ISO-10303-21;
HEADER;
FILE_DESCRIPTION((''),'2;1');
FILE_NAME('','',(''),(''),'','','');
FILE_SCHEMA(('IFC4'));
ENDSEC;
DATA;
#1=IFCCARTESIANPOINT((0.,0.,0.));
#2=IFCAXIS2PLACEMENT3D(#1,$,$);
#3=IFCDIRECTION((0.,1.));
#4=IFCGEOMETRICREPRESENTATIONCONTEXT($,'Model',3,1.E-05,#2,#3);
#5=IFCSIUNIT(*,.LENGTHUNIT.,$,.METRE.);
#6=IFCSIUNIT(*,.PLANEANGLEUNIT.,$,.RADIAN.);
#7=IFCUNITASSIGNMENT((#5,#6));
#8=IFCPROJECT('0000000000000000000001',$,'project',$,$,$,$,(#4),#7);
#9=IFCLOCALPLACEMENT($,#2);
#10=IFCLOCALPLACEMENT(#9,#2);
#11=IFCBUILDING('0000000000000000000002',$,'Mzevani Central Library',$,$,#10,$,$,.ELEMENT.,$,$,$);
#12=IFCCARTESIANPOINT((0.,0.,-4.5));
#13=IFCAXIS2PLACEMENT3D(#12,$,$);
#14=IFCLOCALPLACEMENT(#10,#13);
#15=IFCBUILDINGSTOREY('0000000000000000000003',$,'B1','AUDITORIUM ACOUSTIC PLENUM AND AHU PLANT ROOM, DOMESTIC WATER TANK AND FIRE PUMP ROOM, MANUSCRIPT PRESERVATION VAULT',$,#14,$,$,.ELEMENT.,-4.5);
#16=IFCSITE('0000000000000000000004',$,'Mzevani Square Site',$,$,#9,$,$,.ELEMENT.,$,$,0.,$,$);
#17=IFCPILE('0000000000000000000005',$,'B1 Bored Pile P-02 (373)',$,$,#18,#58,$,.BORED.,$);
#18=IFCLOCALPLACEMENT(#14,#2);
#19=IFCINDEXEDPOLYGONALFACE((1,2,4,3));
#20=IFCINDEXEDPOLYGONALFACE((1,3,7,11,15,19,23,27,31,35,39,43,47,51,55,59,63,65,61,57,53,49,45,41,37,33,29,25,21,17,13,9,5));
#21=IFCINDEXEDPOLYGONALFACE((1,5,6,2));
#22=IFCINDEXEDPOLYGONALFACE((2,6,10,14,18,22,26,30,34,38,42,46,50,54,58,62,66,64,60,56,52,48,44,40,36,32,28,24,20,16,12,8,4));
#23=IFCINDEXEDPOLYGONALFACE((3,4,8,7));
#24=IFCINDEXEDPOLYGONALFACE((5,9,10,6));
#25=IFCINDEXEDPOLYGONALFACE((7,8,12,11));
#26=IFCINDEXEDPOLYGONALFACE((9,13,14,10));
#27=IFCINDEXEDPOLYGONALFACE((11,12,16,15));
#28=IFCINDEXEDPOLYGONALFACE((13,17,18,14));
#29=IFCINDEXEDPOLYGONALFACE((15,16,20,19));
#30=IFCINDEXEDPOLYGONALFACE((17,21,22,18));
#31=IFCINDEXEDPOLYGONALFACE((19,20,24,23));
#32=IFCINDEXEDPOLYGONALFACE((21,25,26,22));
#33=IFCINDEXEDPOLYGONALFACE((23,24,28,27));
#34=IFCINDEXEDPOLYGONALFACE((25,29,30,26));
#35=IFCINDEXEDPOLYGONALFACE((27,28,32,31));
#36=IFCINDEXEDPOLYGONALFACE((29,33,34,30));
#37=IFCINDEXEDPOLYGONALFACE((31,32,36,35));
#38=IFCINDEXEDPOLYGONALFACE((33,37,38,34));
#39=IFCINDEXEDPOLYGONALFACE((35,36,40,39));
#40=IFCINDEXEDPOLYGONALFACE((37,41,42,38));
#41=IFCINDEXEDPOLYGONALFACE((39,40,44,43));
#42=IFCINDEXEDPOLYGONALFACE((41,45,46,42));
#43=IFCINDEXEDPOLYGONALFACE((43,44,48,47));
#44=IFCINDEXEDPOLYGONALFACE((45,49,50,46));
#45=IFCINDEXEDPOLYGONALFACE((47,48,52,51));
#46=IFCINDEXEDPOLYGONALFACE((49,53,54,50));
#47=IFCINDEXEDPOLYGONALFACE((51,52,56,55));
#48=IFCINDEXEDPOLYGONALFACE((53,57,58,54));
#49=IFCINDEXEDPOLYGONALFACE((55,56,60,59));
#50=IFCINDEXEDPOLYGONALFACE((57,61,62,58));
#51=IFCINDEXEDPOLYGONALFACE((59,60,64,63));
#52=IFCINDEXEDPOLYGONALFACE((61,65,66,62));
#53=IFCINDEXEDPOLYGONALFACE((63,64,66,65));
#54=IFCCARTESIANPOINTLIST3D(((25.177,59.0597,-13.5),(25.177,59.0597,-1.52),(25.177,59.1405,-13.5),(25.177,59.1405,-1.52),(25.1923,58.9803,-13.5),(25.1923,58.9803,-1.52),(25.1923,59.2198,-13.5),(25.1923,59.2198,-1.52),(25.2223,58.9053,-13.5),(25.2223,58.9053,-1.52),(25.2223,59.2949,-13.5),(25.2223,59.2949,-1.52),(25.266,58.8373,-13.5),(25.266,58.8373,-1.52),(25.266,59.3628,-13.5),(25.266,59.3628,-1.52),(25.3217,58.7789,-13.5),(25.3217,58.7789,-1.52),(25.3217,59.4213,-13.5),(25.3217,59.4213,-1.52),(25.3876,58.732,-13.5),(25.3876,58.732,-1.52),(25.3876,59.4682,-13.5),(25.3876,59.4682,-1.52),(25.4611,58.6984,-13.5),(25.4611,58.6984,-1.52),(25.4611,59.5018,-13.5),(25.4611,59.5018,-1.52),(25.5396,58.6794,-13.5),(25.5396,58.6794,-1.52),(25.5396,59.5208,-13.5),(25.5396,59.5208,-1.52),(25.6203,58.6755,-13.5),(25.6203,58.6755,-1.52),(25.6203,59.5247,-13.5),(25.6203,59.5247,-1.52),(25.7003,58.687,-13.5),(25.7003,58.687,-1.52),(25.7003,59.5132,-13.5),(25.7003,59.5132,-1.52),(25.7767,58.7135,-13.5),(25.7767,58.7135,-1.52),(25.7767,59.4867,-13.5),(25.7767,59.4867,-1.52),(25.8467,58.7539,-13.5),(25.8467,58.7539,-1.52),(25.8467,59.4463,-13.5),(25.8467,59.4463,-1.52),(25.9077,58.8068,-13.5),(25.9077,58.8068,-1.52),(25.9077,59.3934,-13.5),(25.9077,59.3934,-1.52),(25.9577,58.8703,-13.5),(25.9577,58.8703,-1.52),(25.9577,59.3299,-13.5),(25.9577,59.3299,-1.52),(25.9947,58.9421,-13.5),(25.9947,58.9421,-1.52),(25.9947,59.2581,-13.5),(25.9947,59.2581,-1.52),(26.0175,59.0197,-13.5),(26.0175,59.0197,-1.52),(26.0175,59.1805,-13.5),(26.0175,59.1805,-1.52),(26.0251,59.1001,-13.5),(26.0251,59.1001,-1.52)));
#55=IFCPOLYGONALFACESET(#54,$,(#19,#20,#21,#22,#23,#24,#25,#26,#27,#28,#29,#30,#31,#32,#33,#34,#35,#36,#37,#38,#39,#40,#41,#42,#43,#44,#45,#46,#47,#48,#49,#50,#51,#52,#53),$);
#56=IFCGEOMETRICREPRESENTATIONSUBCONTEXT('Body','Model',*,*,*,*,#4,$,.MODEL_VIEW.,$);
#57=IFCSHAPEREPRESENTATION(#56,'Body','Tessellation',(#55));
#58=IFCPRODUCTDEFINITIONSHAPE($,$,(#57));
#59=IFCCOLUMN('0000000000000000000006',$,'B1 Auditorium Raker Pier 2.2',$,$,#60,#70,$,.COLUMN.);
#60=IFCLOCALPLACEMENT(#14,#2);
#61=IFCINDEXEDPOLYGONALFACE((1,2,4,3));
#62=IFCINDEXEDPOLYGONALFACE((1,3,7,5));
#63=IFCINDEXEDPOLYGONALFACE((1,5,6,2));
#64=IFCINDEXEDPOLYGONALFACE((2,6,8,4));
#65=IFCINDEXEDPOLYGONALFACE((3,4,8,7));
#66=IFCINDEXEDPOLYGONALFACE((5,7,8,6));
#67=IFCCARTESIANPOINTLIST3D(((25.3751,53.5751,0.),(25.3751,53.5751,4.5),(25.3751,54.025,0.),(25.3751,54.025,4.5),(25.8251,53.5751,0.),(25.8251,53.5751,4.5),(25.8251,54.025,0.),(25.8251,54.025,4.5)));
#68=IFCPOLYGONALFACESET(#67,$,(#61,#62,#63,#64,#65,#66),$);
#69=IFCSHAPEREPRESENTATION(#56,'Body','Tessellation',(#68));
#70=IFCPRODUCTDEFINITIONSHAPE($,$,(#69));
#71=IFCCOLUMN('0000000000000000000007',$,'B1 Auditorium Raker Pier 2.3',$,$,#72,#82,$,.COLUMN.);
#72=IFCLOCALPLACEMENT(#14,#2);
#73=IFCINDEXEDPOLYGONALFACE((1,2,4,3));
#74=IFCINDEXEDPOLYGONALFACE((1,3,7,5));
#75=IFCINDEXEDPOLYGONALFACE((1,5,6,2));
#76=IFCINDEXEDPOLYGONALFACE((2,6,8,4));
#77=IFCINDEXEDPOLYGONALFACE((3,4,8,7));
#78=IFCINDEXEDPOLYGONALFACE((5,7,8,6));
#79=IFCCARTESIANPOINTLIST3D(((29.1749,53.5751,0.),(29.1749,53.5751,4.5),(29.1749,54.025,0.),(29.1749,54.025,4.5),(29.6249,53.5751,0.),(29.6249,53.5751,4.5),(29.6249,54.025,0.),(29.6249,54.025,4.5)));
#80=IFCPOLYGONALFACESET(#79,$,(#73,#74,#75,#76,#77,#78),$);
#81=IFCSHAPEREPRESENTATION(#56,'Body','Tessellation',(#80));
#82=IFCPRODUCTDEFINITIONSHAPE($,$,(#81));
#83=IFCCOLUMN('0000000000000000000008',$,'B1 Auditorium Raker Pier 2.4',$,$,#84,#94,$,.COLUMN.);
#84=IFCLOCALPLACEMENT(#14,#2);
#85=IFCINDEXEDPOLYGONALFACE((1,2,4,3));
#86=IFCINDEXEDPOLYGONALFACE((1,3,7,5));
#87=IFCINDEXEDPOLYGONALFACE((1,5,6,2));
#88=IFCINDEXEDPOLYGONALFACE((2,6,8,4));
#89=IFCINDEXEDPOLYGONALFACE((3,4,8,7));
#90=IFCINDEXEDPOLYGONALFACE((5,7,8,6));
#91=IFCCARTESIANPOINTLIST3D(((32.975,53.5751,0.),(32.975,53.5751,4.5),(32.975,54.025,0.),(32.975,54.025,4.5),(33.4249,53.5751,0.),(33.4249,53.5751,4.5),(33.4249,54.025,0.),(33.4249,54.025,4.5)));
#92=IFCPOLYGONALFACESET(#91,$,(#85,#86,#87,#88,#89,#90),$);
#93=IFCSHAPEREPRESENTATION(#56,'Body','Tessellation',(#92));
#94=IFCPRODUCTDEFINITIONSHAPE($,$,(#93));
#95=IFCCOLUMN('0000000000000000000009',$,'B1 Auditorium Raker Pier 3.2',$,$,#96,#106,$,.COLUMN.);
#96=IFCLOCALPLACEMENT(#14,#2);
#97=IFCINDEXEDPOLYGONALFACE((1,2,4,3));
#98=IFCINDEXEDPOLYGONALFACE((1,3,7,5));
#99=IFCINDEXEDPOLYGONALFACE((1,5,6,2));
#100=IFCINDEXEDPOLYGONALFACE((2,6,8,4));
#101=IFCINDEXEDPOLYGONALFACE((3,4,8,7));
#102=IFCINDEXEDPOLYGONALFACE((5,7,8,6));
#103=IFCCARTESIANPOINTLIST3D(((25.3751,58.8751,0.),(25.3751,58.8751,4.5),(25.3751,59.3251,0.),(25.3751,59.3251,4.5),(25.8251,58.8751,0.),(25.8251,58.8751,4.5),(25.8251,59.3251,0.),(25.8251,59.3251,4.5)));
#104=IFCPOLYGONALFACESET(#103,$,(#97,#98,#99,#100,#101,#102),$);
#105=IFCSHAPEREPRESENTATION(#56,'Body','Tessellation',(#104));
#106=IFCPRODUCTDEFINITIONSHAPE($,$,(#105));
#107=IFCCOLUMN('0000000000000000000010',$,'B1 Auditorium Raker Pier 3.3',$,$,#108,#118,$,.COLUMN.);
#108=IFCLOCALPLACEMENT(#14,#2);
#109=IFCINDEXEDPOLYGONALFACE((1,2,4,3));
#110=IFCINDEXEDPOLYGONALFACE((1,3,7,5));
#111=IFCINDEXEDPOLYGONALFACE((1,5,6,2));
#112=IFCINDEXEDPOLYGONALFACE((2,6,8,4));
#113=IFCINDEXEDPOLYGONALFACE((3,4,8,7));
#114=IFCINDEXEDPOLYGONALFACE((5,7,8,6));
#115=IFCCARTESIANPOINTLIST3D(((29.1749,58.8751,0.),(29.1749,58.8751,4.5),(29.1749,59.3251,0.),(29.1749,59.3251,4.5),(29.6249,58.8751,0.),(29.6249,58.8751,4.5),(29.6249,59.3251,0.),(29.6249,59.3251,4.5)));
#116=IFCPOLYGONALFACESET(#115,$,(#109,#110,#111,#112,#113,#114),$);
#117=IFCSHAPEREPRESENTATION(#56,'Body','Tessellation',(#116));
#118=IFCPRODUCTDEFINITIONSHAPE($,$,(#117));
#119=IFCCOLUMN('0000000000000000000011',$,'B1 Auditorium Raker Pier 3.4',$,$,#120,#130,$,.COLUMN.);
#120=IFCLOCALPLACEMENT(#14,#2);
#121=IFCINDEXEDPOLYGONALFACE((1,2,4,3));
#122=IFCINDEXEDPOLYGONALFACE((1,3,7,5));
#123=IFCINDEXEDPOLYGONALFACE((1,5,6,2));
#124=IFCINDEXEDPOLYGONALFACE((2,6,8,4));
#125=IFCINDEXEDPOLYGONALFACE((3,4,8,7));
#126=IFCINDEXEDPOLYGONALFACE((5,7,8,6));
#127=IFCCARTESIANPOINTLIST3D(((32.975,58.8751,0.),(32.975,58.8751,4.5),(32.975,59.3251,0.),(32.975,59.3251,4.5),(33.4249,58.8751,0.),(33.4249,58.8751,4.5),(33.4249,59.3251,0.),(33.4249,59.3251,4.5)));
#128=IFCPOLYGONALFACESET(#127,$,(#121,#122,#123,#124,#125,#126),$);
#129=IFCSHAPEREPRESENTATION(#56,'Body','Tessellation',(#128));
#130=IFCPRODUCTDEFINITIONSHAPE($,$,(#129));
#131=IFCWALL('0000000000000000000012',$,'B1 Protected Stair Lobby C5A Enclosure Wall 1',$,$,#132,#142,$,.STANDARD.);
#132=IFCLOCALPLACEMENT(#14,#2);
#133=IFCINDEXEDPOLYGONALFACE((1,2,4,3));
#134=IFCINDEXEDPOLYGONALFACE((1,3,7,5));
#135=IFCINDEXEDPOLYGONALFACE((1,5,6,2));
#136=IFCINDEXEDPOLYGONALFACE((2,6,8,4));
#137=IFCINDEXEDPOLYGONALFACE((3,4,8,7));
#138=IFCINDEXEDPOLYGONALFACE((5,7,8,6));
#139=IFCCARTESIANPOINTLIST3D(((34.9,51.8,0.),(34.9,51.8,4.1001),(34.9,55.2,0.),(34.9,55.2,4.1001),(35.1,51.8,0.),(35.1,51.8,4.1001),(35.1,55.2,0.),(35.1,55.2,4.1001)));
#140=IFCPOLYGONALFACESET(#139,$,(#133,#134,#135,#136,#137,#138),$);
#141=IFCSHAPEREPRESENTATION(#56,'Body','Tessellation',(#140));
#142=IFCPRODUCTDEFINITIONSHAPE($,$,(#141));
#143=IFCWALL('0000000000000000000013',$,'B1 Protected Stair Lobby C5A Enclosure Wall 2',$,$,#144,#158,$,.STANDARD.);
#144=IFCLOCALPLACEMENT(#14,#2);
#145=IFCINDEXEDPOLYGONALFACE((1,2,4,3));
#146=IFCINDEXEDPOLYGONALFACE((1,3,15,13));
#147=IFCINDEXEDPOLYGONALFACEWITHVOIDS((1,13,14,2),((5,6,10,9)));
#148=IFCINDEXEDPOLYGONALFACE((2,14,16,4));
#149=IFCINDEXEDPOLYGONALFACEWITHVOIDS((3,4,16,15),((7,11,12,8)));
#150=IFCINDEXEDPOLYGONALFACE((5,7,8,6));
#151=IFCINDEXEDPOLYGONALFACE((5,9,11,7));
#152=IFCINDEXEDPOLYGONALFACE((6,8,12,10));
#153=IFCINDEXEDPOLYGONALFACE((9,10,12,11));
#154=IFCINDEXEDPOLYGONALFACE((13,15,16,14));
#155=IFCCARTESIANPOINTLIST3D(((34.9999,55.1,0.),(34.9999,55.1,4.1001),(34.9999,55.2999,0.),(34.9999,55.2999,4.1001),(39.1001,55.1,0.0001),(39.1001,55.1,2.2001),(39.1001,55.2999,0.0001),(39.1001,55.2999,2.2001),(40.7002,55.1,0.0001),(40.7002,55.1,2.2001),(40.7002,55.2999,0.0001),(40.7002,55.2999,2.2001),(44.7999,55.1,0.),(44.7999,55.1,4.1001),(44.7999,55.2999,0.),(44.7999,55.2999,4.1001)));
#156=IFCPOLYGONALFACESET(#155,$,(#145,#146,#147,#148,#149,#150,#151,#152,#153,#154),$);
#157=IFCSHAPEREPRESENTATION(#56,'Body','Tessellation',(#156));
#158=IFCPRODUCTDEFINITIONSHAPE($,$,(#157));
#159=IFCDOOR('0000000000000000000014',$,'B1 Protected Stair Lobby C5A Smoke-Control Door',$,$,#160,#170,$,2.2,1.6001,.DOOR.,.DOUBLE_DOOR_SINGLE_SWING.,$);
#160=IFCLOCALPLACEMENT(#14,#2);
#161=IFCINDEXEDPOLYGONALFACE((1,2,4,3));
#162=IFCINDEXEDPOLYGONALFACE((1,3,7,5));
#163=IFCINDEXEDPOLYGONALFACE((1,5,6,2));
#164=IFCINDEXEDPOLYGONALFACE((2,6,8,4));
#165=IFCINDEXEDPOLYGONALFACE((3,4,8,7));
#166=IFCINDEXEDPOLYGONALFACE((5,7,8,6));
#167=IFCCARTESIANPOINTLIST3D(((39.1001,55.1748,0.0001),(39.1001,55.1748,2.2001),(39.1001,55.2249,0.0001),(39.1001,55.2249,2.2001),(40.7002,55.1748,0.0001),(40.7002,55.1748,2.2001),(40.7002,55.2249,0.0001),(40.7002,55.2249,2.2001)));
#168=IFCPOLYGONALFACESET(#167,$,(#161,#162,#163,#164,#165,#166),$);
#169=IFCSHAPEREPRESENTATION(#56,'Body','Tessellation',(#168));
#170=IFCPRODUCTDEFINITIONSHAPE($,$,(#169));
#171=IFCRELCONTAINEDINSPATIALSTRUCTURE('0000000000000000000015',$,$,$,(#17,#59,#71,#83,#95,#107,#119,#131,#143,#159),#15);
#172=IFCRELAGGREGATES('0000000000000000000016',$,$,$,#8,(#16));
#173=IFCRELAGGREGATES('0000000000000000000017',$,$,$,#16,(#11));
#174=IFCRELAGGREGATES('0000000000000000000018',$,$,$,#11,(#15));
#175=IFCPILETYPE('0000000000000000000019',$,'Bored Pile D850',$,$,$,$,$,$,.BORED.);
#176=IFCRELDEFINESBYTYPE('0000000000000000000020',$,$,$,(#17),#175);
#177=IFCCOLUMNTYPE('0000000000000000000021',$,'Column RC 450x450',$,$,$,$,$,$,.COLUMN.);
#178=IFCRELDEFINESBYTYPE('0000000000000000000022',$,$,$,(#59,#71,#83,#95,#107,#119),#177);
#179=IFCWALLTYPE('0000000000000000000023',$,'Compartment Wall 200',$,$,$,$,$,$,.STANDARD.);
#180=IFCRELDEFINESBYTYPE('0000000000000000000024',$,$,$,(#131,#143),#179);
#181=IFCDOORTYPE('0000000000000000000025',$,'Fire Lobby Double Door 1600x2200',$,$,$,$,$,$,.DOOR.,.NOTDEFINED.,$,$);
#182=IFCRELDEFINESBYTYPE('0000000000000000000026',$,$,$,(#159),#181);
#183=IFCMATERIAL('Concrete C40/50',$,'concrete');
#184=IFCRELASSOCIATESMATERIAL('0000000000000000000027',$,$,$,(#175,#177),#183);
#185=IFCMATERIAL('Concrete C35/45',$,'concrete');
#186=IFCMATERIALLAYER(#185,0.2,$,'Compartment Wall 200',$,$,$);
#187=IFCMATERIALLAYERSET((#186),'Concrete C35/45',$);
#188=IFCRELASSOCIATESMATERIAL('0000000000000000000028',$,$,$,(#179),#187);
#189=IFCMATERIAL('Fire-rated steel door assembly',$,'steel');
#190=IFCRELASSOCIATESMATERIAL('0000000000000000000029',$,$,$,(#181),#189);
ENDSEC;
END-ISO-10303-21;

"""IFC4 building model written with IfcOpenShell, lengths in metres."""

from ifc_helpers import new_model, si_unit, direction, frame, frame_2d, origin, origin_2d, place, context, subcontext, project, spatial, rectangle, circle, extrude, material, layer, layer_set, material_profile, profile_set, type_object, element, fill, save


model = new_model("IFC4")

# Units and contexts
model_context = context("Model", 3, precision=1e-05, world=origin(), true_north=direction((0.0, 1.0)))
body_context = subcontext(model_context, "Body", "Model", "MODEL_VIEW")
ifc_project = project(units=[si_unit("LENGTHUNIT", "METRE"), si_unit("PLANEANGLEUNIT", "RADIAN")], contexts=[model_context])

# Site, building, storey
site_placement = place(None, origin())
site = spatial("IfcSite", under=ifc_project, at=site_placement, Name="Mzevani Square Site", CompositionType="ELEMENT", RefElevation=0.0)
building_placement = place(site_placement, origin())
building = spatial("IfcBuilding", under=site, at=building_placement, Name="Mzevani Central Library", CompositionType="ELEMENT")
storey_placement = place(building_placement, frame((0.0, 0.0, -4.5)))
storey = spatial("IfcBuildingStorey", under=building, at=storey_placement, Name="B1", Description="AUDITORIUM ACOUSTIC PLENUM AND AHU PLANT ROOM, DOMESTIC WATER TANK AND FIRE PUMP ROOM, MANUSCRIPT PRESERVATION VAULT", CompositionType="ELEMENT", Elevation=-4.5)

# Pile
ifc_material_1 = material(Name="Concrete C40/50", Category="concrete")
ifc_material_profile_1 = material_profile(ifc_material_1, circle(Radius=0.425, at=origin_2d()), Name="PILE D850")
ifc_profile_set_1 = profile_set([ifc_material_profile_1], Name="Concrete C40/50")
pile_type_1 = type_object("IfcPileType", Name="Bored Pile D850", PredefinedType="BORED", material=ifc_profile_set_1)
pile_1_placement = place(storey_placement, frame((25.6001, 59.1001, -1.52), z_axis=(0.0, 0.0, -1.0), x_axis=(1.0, 0.0, 0.0)))
element("IfcPile", 1, at=pile_1_placement, inside=storey, type_object=pile_type_1, Name="B1 Bored Pile P-02 (373)", PredefinedType="BORED", context=body_context, shape_type="SweptSolid", body=[
    extrude(circle(Radius=0.425, at=origin_2d()), origin(), (0.0, 0.0, 1.0), 11.98),
])

# Columns
ifc_material_profile_2 = material_profile(ifc_material_1, rectangle(XDim=0.45, YDim=0.45, at=origin_2d()), Name="RC 450x450")
ifc_profile_set_2 = profile_set([ifc_material_profile_2], Name="Concrete C40/50")
column_type = type_object("IfcColumnType", Name="Column RC 450x450", PredefinedType="COLUMN", material=ifc_profile_set_2)
for number, where, z_axis, x_axis, name in (
    (2, (25.6001, 53.8, 0.0), (0.0, 0.0, 1.0), (1.0, 0.0, 0.0), "B1 Auditorium Raker Pier 2.2"),
    (3, (29.3999, 53.8, 0.0), (0.0, 0.0, 1.0), (1.0, 0.0, 0.0), "B1 Auditorium Raker Pier 2.3"),
    (4, (33.2, 53.8, 0.0), (0.0, 0.0, 1.0), (1.0, 0.0, 0.0), "B1 Auditorium Raker Pier 2.4"),
    (5, (25.6001, 59.1001, 0.0), (0.0, 0.0, 1.0), (1.0, 0.0, 0.0), "B1 Auditorium Raker Pier 3.2"),
    (6, (29.3999, 59.1001, 0.0), (0.0, 0.0, 1.0), (1.0, 0.0, 0.0), "B1 Auditorium Raker Pier 3.3"),
    (7, (33.2, 59.1001, 0.0), (0.0, 0.0, 1.0), (1.0, 0.0, 0.0), "B1 Auditorium Raker Pier 3.4"),
):
    element("IfcColumn", number, at=place(storey_placement, frame(where, z_axis=z_axis, x_axis=x_axis)), inside=storey, type_object=column_type, Name=name, PredefinedType="COLUMN", context=body_context, shape_type="SweptSolid", body=[
        extrude(rectangle(XDim=0.45, YDim=0.45, at=origin_2d()), origin(), (0.0, 0.0, 1.0), 4.5),
    ])

# Wall
ifc_material_2 = material(Name="Concrete C35/45", Category="concrete")
ifc_layer_1 = layer(ifc_material_2, 0.2, Name="Compartment Wall 200")
ifc_layer_set_1 = layer_set([ifc_layer_1], Name="Concrete C35/45")
wall_type_1 = type_object("IfcWallType", Name="Compartment Wall 200", PredefinedType="STANDARD", material=ifc_layer_set_1)
wall_1_placement = place(storey_placement, frame((35.0, 51.8, 0.0), z_axis=(0.0, 0.0, 1.0), x_axis=(0.0, 1.0, 0.0)))
element("IfcWall", 8, at=wall_1_placement, inside=storey, type_object=wall_type_1, Name="B1 Protected Stair Lobby C5A Enclosure Wall 1", PredefinedType="STANDARD", context=body_context, shape_type="SweptSolid", body=[
    extrude(rectangle(XDim=3.3999, YDim=0.2, at=frame_2d((1.7, 0.0))), origin(), (0.0, 0.0, 1.0), 4.1001),
])

# Wall, opening, door
wall_2_placement = place(storey_placement, frame((35.0, 55.2, 0.0), z_axis=(0.0, 0.0, 1.0), x_axis=(1.0, 0.0, 0.0)))
wall_2 = element("IfcWall", 9, at=wall_2_placement, inside=storey, type_object=wall_type_1, Name="B1 Protected Stair Lobby C5A Enclosure Wall 2", PredefinedType="STANDARD", context=body_context, shape_type="SweptSolid", body=[
    extrude(rectangle(XDim=9.8, YDim=0.2, at=frame_2d((4.8999, 0.0))), origin(), (0.0, 0.0, 1.0), 4.1001),
])
opening_1_placement = place(wall_2_placement, frame((4.1001, 0.0, 0.0)))
opening_1 = element("IfcOpeningElement", 10, at=opening_1_placement, cuts=wall_2, PredefinedType="OPENING", context=body_context, shape_type="SweptSolid", body=[
    extrude(rectangle(XDim=1.6001, YDim=2.2, at=frame_2d((0.8, 1.1001))), frame((0.0, 0.1099, 0.0), z_axis=(0.0, -1.0, 0.0), x_axis=(1.0, 0.0, 0.0)), (0.0, 0.0, 1.0), 0.22),
])
ifc_material_3 = material(Name="Fire-rated steel door assembly", Category="steel")
door_type_1 = type_object("IfcDoorType", Name="Fire Lobby Double Door 1600x2200", OperationType="NOTDEFINED", PredefinedType="DOOR", material=ifc_material_3)
door_1_placement = place(opening_1_placement, origin())
door_1 = element("IfcDoor", 11, at=door_1_placement, inside=storey, type_object=door_type_1, Name="B1 Protected Stair Lobby C5A Smoke-Control Door", OperationType="DOUBLE_DOOR_SINGLE_SWING", OverallHeight=2.2, OverallWidth=1.6001, PredefinedType="DOOR", context=body_context, shape_type="SweptSolid", body=[
    extrude(rectangle(XDim=1.6001, YDim=2.2, at=frame_2d((0.8, 1.1001))), frame((0.0, 0.0249, 0.0), z_axis=(0.0, -1.0, 0.0), x_axis=(1.0, 0.0, 0.0)), (0.0, 0.0, 1.0), 0.05),
])
fill(opening_1, door_1)

save(model, "model.ifc")
